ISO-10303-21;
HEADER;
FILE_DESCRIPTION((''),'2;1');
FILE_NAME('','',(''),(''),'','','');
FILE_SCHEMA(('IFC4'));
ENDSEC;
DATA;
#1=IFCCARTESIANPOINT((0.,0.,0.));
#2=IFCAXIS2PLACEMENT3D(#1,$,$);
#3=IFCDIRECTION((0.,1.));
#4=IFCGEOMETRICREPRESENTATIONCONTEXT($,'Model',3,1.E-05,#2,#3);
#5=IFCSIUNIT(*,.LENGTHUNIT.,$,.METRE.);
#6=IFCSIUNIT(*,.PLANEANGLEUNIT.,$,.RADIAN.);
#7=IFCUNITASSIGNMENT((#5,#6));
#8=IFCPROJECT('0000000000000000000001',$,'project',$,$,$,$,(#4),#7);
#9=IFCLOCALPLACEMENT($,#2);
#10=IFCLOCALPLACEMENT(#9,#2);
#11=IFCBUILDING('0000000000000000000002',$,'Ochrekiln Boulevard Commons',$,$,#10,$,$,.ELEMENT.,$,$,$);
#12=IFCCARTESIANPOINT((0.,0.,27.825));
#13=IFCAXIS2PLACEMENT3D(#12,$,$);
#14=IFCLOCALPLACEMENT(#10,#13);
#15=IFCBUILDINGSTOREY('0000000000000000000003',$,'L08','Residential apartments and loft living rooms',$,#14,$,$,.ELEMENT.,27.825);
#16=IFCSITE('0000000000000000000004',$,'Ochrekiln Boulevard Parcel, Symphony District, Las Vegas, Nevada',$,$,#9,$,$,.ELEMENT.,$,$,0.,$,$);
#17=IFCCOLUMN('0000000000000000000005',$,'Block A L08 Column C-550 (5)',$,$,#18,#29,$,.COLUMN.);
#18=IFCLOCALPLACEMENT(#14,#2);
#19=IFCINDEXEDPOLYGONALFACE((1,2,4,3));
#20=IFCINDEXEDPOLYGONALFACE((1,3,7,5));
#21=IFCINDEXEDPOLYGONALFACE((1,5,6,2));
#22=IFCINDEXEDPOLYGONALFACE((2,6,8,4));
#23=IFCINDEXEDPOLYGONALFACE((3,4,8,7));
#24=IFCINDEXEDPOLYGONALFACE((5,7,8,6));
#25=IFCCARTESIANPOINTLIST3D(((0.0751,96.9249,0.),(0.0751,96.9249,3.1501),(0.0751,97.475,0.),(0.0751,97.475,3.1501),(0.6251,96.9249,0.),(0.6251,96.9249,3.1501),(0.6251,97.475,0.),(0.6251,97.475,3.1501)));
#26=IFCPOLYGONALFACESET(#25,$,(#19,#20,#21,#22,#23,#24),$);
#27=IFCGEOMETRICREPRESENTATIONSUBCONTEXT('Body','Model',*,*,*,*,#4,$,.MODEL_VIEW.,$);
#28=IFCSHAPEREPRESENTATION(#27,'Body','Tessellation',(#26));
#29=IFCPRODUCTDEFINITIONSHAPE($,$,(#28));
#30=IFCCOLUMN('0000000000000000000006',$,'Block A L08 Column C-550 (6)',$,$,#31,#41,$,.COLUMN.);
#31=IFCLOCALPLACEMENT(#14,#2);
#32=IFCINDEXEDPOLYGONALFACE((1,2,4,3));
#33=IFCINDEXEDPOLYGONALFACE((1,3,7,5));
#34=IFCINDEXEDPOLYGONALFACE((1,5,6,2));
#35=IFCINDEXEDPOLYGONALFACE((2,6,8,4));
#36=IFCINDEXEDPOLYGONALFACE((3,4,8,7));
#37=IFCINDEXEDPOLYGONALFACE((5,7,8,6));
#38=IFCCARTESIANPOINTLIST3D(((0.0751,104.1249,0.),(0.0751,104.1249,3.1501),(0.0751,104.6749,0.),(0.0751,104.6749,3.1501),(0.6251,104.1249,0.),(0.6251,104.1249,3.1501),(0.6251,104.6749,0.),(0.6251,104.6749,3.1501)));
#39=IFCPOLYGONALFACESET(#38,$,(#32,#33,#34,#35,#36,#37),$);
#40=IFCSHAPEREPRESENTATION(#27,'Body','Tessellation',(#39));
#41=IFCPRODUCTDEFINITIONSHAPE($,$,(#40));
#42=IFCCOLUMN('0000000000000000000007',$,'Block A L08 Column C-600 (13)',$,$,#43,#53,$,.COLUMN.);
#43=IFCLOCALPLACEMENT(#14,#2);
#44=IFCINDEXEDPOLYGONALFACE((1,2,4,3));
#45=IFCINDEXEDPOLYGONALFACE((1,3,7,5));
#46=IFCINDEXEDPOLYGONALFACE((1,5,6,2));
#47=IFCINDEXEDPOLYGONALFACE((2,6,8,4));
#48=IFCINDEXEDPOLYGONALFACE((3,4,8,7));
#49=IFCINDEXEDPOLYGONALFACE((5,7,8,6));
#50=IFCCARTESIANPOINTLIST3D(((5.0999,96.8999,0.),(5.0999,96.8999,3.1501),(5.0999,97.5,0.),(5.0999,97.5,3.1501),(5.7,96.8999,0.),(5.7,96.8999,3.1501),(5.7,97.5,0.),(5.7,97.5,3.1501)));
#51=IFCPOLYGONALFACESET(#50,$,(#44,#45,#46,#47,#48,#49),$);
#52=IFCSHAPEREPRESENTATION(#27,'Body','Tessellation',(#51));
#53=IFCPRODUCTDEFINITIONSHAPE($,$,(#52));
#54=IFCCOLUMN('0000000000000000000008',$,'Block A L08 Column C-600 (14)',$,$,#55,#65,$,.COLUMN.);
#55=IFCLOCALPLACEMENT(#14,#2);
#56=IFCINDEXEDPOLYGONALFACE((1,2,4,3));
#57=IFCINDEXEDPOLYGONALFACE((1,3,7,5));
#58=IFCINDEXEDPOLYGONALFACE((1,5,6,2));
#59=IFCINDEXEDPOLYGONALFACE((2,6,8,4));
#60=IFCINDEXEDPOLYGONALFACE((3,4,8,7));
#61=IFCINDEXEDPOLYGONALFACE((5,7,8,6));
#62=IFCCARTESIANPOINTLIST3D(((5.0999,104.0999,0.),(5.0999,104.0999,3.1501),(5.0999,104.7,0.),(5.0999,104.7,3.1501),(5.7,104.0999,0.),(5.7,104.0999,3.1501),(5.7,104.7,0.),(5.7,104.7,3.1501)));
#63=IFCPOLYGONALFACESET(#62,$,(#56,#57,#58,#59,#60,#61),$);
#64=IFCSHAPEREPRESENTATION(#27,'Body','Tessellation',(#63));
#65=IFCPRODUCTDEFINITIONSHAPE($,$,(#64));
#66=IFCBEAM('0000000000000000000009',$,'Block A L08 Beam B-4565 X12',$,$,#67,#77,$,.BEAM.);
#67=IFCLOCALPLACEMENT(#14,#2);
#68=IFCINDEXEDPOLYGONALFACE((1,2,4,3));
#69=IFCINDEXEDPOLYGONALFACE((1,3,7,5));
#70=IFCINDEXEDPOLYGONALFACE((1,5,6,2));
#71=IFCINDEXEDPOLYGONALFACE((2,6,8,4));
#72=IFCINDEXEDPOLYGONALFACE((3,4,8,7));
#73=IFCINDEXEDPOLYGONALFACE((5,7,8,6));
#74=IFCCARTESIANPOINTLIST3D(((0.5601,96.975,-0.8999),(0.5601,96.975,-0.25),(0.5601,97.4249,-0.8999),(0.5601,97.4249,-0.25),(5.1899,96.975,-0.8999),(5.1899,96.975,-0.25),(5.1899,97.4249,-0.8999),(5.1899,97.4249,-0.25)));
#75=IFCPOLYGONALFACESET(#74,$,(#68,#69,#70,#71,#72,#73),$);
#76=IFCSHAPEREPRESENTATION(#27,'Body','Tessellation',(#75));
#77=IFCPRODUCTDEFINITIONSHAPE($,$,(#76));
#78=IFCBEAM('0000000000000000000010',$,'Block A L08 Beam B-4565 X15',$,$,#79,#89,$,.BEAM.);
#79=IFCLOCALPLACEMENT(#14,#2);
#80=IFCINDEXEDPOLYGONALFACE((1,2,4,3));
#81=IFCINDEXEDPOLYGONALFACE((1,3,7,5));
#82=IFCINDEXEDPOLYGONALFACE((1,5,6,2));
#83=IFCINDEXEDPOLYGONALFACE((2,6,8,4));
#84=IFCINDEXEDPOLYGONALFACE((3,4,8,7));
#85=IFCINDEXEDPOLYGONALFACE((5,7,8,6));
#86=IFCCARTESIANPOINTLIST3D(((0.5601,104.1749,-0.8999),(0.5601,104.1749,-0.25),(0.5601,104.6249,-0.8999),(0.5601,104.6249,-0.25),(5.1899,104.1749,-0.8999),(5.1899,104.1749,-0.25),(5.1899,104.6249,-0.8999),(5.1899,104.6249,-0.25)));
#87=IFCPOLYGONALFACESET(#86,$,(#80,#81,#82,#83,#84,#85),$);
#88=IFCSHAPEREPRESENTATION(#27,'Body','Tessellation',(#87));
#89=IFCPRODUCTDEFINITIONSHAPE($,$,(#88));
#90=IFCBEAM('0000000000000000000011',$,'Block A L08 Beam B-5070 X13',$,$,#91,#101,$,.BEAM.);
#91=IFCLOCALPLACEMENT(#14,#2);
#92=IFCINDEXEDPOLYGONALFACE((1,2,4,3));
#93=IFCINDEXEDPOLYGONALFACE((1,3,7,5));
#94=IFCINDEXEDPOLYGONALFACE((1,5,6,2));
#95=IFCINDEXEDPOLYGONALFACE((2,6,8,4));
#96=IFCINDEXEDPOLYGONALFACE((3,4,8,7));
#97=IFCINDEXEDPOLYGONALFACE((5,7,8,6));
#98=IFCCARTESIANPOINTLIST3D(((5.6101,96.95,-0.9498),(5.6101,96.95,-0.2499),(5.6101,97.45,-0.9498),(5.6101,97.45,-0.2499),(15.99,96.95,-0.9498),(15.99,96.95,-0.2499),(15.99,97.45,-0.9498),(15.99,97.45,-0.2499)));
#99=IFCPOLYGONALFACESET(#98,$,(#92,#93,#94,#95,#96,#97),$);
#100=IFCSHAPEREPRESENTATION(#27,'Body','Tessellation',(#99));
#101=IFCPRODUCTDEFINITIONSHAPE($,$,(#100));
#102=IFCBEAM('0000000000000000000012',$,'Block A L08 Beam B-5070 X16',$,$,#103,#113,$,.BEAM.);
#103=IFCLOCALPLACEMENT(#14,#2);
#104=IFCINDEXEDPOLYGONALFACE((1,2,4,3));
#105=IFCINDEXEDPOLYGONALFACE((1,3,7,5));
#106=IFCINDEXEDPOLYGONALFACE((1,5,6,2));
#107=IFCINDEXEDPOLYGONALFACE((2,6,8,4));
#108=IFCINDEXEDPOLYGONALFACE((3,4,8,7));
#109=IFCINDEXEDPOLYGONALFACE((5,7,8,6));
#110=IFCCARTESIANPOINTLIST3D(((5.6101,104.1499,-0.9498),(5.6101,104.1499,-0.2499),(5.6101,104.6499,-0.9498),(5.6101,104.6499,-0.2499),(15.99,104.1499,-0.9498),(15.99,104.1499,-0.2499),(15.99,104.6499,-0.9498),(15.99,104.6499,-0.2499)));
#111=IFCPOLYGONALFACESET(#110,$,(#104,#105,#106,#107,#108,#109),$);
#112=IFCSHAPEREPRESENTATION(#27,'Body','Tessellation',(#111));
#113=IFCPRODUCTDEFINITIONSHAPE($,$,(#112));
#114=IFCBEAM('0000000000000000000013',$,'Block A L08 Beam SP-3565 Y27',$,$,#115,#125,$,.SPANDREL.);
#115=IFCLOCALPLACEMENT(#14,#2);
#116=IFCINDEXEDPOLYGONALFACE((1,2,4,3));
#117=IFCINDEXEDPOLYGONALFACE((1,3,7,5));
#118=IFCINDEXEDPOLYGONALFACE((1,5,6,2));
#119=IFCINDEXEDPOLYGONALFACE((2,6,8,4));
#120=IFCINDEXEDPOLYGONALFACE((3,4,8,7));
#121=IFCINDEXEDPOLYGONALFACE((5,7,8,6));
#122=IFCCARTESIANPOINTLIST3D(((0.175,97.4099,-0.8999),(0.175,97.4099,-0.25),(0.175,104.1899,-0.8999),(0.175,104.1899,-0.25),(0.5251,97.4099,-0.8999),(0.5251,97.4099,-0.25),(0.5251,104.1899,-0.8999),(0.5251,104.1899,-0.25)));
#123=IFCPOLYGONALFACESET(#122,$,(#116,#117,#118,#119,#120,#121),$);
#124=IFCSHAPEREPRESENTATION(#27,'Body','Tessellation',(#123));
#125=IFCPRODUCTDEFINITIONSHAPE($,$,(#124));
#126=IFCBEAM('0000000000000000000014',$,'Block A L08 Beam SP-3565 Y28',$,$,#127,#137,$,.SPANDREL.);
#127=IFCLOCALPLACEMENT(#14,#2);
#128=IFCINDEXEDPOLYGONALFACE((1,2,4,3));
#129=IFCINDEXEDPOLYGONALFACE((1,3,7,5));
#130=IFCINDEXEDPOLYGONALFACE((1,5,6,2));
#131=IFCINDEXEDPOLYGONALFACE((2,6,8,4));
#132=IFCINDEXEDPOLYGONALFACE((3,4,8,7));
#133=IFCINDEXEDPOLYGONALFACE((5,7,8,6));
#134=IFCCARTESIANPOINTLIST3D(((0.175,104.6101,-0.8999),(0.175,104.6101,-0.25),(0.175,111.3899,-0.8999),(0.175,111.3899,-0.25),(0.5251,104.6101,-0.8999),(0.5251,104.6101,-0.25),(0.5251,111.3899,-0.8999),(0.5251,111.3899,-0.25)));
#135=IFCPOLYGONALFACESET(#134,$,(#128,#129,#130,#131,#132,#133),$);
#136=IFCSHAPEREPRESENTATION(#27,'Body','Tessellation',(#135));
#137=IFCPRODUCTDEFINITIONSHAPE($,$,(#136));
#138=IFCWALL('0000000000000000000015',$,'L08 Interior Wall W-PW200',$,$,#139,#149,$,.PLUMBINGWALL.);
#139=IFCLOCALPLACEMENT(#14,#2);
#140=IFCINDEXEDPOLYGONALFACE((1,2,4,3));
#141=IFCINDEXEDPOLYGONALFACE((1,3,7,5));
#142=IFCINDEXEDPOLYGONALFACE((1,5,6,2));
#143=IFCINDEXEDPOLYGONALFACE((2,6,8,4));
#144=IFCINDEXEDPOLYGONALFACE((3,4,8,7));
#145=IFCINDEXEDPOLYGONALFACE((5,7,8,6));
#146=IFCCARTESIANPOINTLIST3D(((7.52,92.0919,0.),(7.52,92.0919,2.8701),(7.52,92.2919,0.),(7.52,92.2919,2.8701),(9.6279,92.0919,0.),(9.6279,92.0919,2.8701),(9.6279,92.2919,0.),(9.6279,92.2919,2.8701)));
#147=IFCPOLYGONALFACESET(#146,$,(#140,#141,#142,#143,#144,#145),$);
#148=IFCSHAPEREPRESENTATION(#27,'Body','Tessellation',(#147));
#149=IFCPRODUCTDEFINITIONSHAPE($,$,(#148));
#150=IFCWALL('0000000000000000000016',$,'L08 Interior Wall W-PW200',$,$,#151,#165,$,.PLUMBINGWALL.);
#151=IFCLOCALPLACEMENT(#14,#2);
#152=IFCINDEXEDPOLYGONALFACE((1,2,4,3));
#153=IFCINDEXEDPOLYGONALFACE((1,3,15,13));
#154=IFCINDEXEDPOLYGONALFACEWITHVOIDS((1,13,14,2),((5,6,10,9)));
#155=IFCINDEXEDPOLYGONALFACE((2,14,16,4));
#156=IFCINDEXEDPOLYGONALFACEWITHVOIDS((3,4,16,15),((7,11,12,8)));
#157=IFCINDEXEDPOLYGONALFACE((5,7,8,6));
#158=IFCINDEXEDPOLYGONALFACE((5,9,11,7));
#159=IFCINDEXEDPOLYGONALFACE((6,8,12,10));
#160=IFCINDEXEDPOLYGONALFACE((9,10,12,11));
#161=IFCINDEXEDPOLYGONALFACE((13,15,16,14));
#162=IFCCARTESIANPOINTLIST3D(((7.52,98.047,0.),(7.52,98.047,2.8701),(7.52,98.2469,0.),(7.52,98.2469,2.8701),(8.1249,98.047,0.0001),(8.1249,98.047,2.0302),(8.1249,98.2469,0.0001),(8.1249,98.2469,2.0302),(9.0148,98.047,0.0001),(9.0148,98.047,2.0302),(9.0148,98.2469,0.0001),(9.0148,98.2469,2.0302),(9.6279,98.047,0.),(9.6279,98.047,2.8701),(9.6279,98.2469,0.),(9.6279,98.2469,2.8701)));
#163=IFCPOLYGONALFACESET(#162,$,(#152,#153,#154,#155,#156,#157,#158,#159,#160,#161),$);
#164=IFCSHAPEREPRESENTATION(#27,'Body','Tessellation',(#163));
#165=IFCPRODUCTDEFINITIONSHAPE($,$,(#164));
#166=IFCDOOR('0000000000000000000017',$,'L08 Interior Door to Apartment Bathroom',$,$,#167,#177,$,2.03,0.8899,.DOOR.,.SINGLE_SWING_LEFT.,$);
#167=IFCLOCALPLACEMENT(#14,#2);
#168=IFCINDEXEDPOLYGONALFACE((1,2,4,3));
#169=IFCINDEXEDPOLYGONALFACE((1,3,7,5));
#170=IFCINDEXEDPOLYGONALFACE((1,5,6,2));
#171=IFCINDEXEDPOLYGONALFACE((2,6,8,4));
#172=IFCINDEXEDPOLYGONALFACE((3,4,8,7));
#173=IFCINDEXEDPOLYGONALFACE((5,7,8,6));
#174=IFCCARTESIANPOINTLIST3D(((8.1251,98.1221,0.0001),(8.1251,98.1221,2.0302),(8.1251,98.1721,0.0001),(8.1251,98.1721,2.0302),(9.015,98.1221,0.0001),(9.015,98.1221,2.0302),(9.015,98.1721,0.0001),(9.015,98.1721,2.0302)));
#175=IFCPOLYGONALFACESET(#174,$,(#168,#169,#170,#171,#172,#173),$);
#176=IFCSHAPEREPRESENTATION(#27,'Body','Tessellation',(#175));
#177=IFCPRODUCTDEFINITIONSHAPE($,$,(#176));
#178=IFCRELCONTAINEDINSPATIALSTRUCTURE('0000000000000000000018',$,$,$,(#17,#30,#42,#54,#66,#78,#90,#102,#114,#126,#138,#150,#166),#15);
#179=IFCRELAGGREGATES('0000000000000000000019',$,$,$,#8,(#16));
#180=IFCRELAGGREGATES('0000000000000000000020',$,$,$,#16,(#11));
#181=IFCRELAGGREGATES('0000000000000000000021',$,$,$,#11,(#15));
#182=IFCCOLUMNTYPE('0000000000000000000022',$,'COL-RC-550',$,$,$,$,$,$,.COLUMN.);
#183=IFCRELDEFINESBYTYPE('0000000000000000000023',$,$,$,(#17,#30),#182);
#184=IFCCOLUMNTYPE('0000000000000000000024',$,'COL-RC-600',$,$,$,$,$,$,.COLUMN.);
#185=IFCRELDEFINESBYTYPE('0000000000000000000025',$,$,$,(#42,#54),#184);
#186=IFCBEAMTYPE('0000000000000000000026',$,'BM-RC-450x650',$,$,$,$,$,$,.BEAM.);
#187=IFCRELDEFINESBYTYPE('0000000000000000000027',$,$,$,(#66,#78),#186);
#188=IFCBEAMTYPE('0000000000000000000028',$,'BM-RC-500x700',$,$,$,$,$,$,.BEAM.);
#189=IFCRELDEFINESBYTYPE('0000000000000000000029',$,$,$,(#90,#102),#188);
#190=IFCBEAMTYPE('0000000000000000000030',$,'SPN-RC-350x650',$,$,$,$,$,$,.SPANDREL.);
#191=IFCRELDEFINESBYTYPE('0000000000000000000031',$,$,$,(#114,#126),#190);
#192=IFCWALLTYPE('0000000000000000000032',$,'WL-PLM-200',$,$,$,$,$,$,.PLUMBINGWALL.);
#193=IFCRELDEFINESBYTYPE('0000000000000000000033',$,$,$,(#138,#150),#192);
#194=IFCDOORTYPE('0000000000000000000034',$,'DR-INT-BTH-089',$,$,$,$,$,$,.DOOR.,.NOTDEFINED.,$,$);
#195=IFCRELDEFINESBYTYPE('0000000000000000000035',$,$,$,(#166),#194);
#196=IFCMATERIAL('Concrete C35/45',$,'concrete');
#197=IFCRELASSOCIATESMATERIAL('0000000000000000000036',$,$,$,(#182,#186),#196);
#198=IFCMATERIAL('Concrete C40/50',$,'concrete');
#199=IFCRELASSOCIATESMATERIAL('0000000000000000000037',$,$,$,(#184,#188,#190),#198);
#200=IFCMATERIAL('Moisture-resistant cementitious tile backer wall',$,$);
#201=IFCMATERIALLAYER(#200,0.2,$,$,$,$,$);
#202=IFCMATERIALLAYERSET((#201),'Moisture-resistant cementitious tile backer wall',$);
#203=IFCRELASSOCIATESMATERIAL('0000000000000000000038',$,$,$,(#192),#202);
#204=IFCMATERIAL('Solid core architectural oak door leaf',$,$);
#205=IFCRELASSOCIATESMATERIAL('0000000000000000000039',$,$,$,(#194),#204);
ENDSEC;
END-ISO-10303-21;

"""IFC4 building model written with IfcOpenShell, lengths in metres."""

from ifc_helpers import new_model, si_unit, direction, frame, frame_2d, origin, origin_2d, place, context, subcontext, project, spatial, rectangle, extrude, material, layer, layer_set, material_profile, profile_set, type_object, element, fill, save


model = new_model("IFC4")

# Units and contexts
model_context = context("Model", 3, precision=1e-05, world=origin(), true_north=direction((0.0, 1.0)))
body_context = subcontext(model_context, "Body", "Model", "MODEL_VIEW")
ifc_project = project(units=[si_unit("LENGTHUNIT", "METRE"), si_unit("PLANEANGLEUNIT", "RADIAN")], contexts=[model_context])

# Site, building, storey
site_placement = place(None, origin())
site = spatial("IfcSite", under=ifc_project, at=site_placement, Name="Ochrekiln Boulevard Parcel, Symphony District, Las Vegas, Nevada", CompositionType="ELEMENT", RefElevation=0.0)
building_placement = place(site_placement, origin())
building = spatial("IfcBuilding", under=site, at=building_placement, Name="Ochrekiln Boulevard Commons", CompositionType="ELEMENT")
storey_placement = place(building_placement, frame((0.0, 0.0, 27.825)))
storey = spatial("IfcBuildingStorey", under=building, at=storey_placement, Name="L08", Description="Residential apartments and loft living rooms", CompositionType="ELEMENT", Elevation=27.825)

# Columns
ifc_material_1 = material(Name="Concrete C35/45", Category="concrete")
ifc_material_profile_1 = material_profile(ifc_material_1, rectangle(XDim=0.55, YDim=0.55, at=origin_2d()), Name="RC-COL-550x550")
ifc_profile_set_1 = profile_set([ifc_material_profile_1], Name="Concrete C35/45")
column_type_1 = type_object("IfcColumnType", Name="COL-RC-550", PredefinedType="COLUMN", material=ifc_profile_set_1)
for number, where, z_axis, x_axis, name in (
    (1, (0.3501, 97.2, 0.0), (0.0, 0.0, 1.0), (1.0, 0.0, 0.0), "Block A L08 Column C-550 (5)"),
    (2, (0.3501, 104.3999, 0.0), (0.0, 0.0, 1.0), (1.0, 0.0, 0.0), "Block A L08 Column C-550 (6)"),
):
    element("IfcColumn", number, at=place(storey_placement, frame(where, z_axis=z_axis, x_axis=x_axis)), inside=storey, type_object=column_type_1, Name=name, PredefinedType="COLUMN", context=body_context, shape_type="SweptSolid", body=[
        extrude(rectangle(XDim=0.55, YDim=0.55, at=origin_2d()), origin(), (0.0, 0.0, 1.0), 3.1501),
    ])
ifc_material_2 = material(Name="Concrete C40/50", Category="concrete")
ifc_material_profile_2 = material_profile(ifc_material_2, rectangle(XDim=0.6001, YDim=0.6001, at=origin_2d()), Name="RC-COL-600x600")
ifc_profile_set_2 = profile_set([ifc_material_profile_2], Name="Concrete C40/50")
column_type_2 = type_object("IfcColumnType", Name="COL-RC-600", PredefinedType="COLUMN", material=ifc_profile_set_2)
for number, where, z_axis, x_axis, name in (
    (3, (5.3999, 97.2, 0.0), (0.0, 0.0, 1.0), (1.0, 0.0, 0.0), "Block A L08 Column C-600 (13)"),
    (4, (5.3999, 104.3999, 0.0), (0.0, 0.0, 1.0), (1.0, 0.0, 0.0), "Block A L08 Column C-600 (14)"),
):
    element("IfcColumn", number, at=place(storey_placement, frame(where, z_axis=z_axis, x_axis=x_axis)), inside=storey, type_object=column_type_2, Name=name, PredefinedType="COLUMN", context=body_context, shape_type="SweptSolid", body=[
        extrude(rectangle(XDim=0.6001, YDim=0.6001, at=origin_2d()), origin(), (0.0, 0.0, 1.0), 3.1501),
    ])

# Beams
ifc_material_profile_3 = material_profile(ifc_material_1, rectangle(XDim=0.45, YDim=0.6499, at=origin_2d()), Name="RC-BM-450x650")
ifc_profile_set_3 = profile_set([ifc_material_profile_3], Name="Concrete C35/45")
beam_type_1 = type_object("IfcBeamType", Name="BM-RC-450x650", PredefinedType="BEAM", material=ifc_profile_set_3)
for number, where, z_axis, x_axis, name in (
    (5, (0.5601, 97.2, -0.575), (1.0, 0.0, 0.0), (0.0, 1.0, 0.0), "Block A L08 Beam B-4565 X12"),
    (6, (0.5601, 104.3999, -0.575), (1.0, 0.0, 0.0), (0.0, 1.0, 0.0), "Block A L08 Beam B-4565 X15"),
):
    element("IfcBeam", number, at=place(storey_placement, frame(where, z_axis=z_axis, x_axis=x_axis)), inside=storey, type_object=beam_type_1, Name=name, PredefinedType="BEAM", context=body_context, shape_type="SweptSolid", body=[
        extrude(rectangle(XDim=0.45, YDim=0.6499, at=origin_2d()), origin(), (0.0, 0.0, 1.0), 4.6299),
    ])
ifc_material_profile_4 = material_profile(ifc_material_2, rectangle(XDim=0.5, YDim=0.7, at=origin_2d()), Name="RC-BM-500x700")
ifc_profile_set_4 = profile_set([ifc_material_profile_4], Name="Concrete C40/50")
beam_type_2 = type_object("IfcBeamType", Name="BM-RC-500x700", PredefinedType="BEAM", material=ifc_profile_set_4)
for number, where, z_axis, x_axis, name in (
    (7, (5.6101, 97.2, -0.5999), (1.0, 0.0, 0.0), (0.0, 1.0, 0.0), "Block A L08 Beam B-5070 X13"),
    (8, (5.6101, 104.3999, -0.5999), (1.0, 0.0, 0.0), (0.0, 1.0, 0.0), "Block A L08 Beam B-5070 X16"),
):
    element("IfcBeam", number, at=place(storey_placement, frame(where, z_axis=z_axis, x_axis=x_axis)), inside=storey, type_object=beam_type_2, Name=name, PredefinedType="BEAM", context=body_context, shape_type="SweptSolid", body=[
        extrude(rectangle(XDim=0.5, YDim=0.7, at=origin_2d()), origin(), (0.0, 0.0, 1.0), 10.3799),
    ])
ifc_material_profile_5 = material_profile(ifc_material_2, rectangle(XDim=0.3501, YDim=0.6499, at=origin_2d()), Name="RC-SPN-350x650")
ifc_profile_set_5 = profile_set([ifc_material_profile_5], Name="Concrete C40/50")
beam_type_3 = type_object("IfcBeamType", Name="SPN-RC-350x650", PredefinedType="SPANDREL", material=ifc_profile_set_5)
beam_1_placement = place(storey_placement, frame((0.3501, 97.4099, -0.575), z_axis=(0.0, 1.0, 0.0), x_axis=(-1.0, 0.0, 0.0)))
element("IfcBeam", 9, at=beam_1_placement, inside=storey, type_object=beam_type_3, Name="Block A L08 Beam SP-3565 Y27", PredefinedType="SPANDREL", context=body_context, shape_type="SweptSolid", body=[
    extrude(rectangle(XDim=0.3501, YDim=0.6499, at=origin_2d()), origin(), (0.0, 0.0, 1.0), 6.78),
])
beam_2_placement = place(storey_placement, frame((0.3501, 104.6101, -0.575), z_axis=(0.0, 1.0, 0.0), x_axis=(-1.0, 0.0, 0.0)))
element("IfcBeam", 10, at=beam_2_placement, inside=storey, type_object=beam_type_3, Name="Block A L08 Beam SP-3565 Y28", PredefinedType="SPANDREL", context=body_context, shape_type="SweptSolid", body=[
    extrude(rectangle(XDim=0.3501, YDim=0.6499, at=origin_2d()), origin(), (0.0, 0.0, 1.0), 6.7798),
])

# Wall
ifc_material_3 = material(Name="Moisture-resistant cementitious tile backer wall")
ifc_layer_1 = layer(ifc_material_3, 0.2)
ifc_layer_set_1 = layer_set([ifc_layer_1], Name="Moisture-resistant cementitious tile backer wall")
wall_type_1 = type_object("IfcWallType", Name="WL-PLM-200", PredefinedType="PLUMBINGWALL", material=ifc_layer_set_1)
wall_1_placement = place(storey_placement, frame((7.52, 92.1919, 0.0), z_axis=(0.0, 0.0, 1.0), x_axis=(1.0, 0.0, 0.0)))
element("IfcWall", 11, at=wall_1_placement, inside=storey, type_object=wall_type_1, Name="L08 Interior Wall W-PW200", PredefinedType="PLUMBINGWALL", context=body_context, shape_type="SweptSolid", body=[
    extrude(rectangle(XDim=2.1079, YDim=0.2, at=frame_2d((1.054, 0.0))), origin(), (0.0, 0.0, 1.0), 2.8701),
])

# Wall, opening, door
wall_2_placement = place(storey_placement, frame((7.52, 98.147, 0.0), z_axis=(0.0, 0.0, 1.0), x_axis=(1.0, 0.0, 0.0)))
wall_2 = element("IfcWall", 12, at=wall_2_placement, inside=storey, type_object=wall_type_1, Name="L08 Interior Wall W-PW200", PredefinedType="PLUMBINGWALL", context=body_context, shape_type="SweptSolid", body=[
    extrude(rectangle(XDim=2.1079, YDim=0.2, at=frame_2d((1.054, 0.0))), origin(), (0.0, 0.0, 1.0), 2.8701),
])
opening_1_placement = place(wall_2_placement, frame((0.605, 0.0, 0.0)))
opening_1 = element("IfcOpeningElement", 13, at=opening_1_placement, cuts=wall_2, PredefinedType="OPENING", context=body_context, shape_type="SweptSolid", body=[
    extrude(rectangle(XDim=0.8899, YDim=2.03, at=frame_2d((0.4448, 1.0151))), frame((0.0, 0.1099, 0.0), z_axis=(0.0, -1.0, 0.0), x_axis=(1.0, 0.0, 0.0)), (0.0, 0.0, 1.0), 0.22),
])
ifc_material_4 = material(Name="Solid core architectural oak door leaf")
door_type_1 = type_object("IfcDoorType", Name="DR-INT-BTH-089", OperationType="NOTDEFINED", PredefinedType="DOOR", material=ifc_material_4)
door_1_placement = place(opening_1_placement, frame((0.8899, 0.0, 0.0), z_axis=(0.0, 0.0, 1.0), x_axis=(-1.0, 0.0, 0.0)))
door_1 = element("IfcDoor", 14, at=door_1_placement, inside=storey, type_object=door_type_1, Name="L08 Interior Door to Apartment Bathroom", OperationType="SINGLE_SWING_LEFT", OverallHeight=2.03, OverallWidth=0.8899, PredefinedType="DOOR", context=body_context, shape_type="SweptSolid", body=[
    extrude(rectangle(XDim=0.8899, YDim=2.03, at=frame_2d((0.4448, 1.0151))), frame((0.0, 0.0249, 0.0), z_axis=(0.0, -1.0, 0.0), x_axis=(1.0, 0.0, 0.0)), (0.0, 0.0, 1.0), 0.05),
])
fill(opening_1, door_1)

save(model, "model.ifc")
